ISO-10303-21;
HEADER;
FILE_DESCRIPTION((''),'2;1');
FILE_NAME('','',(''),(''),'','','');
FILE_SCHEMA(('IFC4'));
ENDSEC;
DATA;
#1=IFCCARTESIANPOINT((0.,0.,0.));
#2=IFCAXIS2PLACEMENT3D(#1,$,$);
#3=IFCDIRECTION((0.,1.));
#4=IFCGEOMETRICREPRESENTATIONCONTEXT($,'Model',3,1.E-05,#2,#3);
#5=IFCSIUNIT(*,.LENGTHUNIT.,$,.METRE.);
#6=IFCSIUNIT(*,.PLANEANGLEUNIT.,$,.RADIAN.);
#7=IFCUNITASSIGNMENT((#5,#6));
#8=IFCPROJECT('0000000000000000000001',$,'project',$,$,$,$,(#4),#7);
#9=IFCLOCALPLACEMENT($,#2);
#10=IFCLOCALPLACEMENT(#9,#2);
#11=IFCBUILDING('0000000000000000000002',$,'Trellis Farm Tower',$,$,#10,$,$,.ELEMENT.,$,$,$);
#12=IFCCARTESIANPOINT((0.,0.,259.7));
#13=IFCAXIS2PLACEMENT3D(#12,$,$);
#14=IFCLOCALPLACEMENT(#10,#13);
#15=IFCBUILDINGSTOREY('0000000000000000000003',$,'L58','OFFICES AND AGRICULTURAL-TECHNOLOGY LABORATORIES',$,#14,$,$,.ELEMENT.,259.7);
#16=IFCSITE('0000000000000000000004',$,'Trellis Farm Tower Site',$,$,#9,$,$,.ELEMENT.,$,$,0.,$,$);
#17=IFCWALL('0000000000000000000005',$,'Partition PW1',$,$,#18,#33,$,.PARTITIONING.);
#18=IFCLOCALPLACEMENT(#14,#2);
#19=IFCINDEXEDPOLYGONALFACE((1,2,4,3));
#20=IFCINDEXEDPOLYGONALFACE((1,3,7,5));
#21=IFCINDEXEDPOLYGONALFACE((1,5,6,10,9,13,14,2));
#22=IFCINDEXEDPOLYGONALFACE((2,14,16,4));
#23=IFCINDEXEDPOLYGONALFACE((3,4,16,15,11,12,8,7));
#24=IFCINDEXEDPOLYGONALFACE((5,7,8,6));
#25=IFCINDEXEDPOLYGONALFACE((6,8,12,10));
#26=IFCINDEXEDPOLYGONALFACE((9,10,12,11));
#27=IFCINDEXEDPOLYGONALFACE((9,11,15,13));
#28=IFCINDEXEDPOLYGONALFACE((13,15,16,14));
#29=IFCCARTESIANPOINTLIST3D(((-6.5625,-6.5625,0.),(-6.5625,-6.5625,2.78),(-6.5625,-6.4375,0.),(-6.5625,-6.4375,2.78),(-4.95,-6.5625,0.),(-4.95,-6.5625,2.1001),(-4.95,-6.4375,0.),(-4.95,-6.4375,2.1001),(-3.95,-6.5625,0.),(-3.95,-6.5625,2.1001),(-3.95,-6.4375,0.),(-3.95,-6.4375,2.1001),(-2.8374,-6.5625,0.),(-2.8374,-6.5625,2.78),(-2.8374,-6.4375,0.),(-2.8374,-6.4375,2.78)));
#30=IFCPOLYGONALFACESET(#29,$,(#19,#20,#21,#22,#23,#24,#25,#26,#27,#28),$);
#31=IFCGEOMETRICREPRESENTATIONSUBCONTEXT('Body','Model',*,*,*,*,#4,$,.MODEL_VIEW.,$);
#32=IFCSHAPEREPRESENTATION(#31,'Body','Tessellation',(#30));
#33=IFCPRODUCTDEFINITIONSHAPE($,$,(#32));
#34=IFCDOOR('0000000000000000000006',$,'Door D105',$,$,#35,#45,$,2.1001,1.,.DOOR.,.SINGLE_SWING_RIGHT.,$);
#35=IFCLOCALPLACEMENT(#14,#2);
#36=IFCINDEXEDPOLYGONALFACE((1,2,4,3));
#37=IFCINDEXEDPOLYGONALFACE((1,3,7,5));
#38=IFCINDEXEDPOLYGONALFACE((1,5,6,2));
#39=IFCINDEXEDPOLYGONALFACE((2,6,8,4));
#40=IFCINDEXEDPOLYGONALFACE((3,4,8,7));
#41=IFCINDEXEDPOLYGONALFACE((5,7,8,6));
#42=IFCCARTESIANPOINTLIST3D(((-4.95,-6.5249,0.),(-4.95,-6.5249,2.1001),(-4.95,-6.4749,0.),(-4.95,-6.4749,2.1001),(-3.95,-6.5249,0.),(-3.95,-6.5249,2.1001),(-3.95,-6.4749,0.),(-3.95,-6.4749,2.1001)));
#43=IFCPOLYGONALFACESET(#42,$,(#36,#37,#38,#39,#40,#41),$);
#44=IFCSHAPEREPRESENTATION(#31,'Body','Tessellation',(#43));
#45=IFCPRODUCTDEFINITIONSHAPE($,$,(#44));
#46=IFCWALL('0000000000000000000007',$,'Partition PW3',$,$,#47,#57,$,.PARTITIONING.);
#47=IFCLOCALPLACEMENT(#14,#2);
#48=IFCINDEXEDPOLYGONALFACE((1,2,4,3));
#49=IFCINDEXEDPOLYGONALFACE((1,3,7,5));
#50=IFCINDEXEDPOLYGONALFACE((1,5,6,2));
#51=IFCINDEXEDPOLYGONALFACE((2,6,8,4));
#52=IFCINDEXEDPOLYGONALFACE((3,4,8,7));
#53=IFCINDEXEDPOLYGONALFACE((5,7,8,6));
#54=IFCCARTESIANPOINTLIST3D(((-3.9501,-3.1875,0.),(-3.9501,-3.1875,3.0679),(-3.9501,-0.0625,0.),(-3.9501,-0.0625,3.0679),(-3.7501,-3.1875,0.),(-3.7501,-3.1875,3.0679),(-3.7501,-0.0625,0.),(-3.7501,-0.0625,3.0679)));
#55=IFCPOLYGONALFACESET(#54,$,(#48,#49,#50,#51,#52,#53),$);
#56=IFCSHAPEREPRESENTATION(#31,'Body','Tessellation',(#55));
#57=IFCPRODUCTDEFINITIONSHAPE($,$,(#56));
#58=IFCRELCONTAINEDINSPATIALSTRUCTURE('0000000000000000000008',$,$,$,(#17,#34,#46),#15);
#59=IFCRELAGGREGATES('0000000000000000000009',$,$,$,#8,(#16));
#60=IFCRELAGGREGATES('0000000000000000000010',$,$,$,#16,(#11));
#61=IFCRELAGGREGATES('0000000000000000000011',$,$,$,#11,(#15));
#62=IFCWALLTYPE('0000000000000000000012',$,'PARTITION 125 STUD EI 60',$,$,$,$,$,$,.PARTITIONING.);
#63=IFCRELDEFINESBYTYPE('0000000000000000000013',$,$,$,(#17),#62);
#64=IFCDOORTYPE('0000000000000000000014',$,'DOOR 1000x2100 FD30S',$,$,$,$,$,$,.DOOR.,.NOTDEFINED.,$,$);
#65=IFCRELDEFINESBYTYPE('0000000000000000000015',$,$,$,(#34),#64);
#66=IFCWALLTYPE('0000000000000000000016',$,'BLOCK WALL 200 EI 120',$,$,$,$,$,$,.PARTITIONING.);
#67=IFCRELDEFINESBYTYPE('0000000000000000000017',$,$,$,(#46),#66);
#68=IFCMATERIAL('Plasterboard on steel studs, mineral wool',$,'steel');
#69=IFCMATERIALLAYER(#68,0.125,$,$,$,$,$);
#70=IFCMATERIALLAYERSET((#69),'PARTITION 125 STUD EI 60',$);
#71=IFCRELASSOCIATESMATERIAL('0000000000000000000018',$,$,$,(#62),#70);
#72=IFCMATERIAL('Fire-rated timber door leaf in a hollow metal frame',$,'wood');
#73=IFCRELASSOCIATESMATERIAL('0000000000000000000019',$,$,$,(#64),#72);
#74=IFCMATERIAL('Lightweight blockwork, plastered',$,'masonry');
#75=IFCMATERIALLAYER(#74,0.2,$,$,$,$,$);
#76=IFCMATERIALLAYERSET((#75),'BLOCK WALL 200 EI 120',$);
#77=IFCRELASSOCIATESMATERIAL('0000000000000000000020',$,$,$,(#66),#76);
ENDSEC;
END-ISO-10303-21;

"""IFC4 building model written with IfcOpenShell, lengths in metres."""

from ifc_helpers import new_model, si_unit, direction, frame, frame_2d, origin, place, context, subcontext, project, spatial, rectangle, extrude, source, transform, mapped, material, layer, layer_set, type_object, element, fill, save


model = new_model("IFC4")

# Units and contexts
model_context = context("Model", 3, precision=1e-05, world=origin(), true_north=direction((0.0, 1.0)))
body_context = subcontext(model_context, "Body", "Model", "MODEL_VIEW")
ifc_project = project(units=[si_unit("LENGTHUNIT", "METRE"), si_unit("PLANEANGLEUNIT", "RADIAN")], contexts=[model_context])

# Site, building, storey
site_placement = place(None, origin())
site = spatial("IfcSite", under=ifc_project, at=site_placement, Name="Trellis Farm Tower Site", CompositionType="ELEMENT", RefElevation=0.0)
building_placement = place(site_placement, origin())
building = spatial("IfcBuilding", under=site, at=building_placement, Name="Trellis Farm Tower", CompositionType="ELEMENT")
storey_placement = place(building_placement, frame((0.0, 0.0, 259.7)))
storey = spatial("IfcBuildingStorey", under=building, at=storey_placement, Name="L58", Description="OFFICES AND AGRICULTURAL-TECHNOLOGY LABORATORIES", CompositionType="ELEMENT", Elevation=259.7)

# Shared definitions
ifc_material_1 = material(Name="Plasterboard on steel studs, mineral wool", Category="steel")
ifc_layer_1 = layer(ifc_material_1, 0.125)
ifc_layer_set_1 = layer_set([ifc_layer_1], Name="PARTITION 125 STUD EI 60")
wall_type_1 = type_object("IfcWallType", Name="PARTITION 125 STUD EI 60", PredefinedType="PARTITIONING", material=ifc_layer_set_1)
shared_shape_1 = source(origin(), body_context, "Body", "SweptSolid", [
    extrude(rectangle(XDim=1.0, YDim=2.1001, at=frame_2d((0.5, 1.05))), frame((0.0, 0.0725, 0.0), z_axis=(0.0, -1.0, 0.0), x_axis=(1.0, 0.0, 0.0)), (0.0, 0.0, 1.0), 0.145),
])
ifc_material_2 = material(Name="Fire-rated timber door leaf in a hollow metal frame", Category="wood")
shared_shape_2 = source(origin(), body_context, "Body", "SweptSolid", [
    extrude(rectangle(XDim=1.0, YDim=2.1001, at=frame_2d((0.5, 1.05))), frame((0.0, 0.0249, 0.0), z_axis=(0.0, -1.0, 0.0), x_axis=(1.0, 0.0, 0.0)), (0.0, 0.0, 1.0), 0.05),
])
door_type_1 = type_object("IfcDoorType", Name="DOOR 1000x2100 FD30S", OperationType="NOTDEFINED", PredefinedType="DOOR", material=ifc_material_2)

# Wall, opening, door
shared_shape_3 = source(origin(), body_context, "Body", "SweptSolid", [
    extrude(rectangle(XDim=3.7251, YDim=0.125, at=frame_2d((1.8625, 0.0))), origin(), (0.0, 0.0, 1.0), 2.78),
])
wall_1_placement = place(storey_placement, frame((-2.8374, -6.5, 0.0), z_axis=(0.0, 0.0, 1.0), x_axis=(-1.0, 0.0, 0.0)))
wall_1 = element("IfcWall", 1, at=wall_1_placement, inside=storey, type_object=wall_type_1, Name="Partition PW1", PredefinedType="PARTITIONING", context=body_context, shape_type="MappedRepresentation", body=[
    mapped(shared_shape_3, transform((0.0, 0.0, 0.0))),
])
opening_1_placement = place(wall_1_placement, frame((1.1125, 0.0, 0.0)))
opening_1 = element("IfcOpeningElement", 2, at=opening_1_placement, cuts=wall_1, PredefinedType="OPENING", context=body_context, shape_type="MappedRepresentation", body=[
    mapped(shared_shape_1, transform((0.0, 0.0, 0.0))),
])
door_1_placement = place(opening_1_placement, origin())
door_1 = element("IfcDoor", 3, at=door_1_placement, inside=storey, type_object=door_type_1, Name="Door D105", OperationType="SINGLE_SWING_RIGHT", OverallHeight=2.1001, OverallWidth=1.0, PredefinedType="DOOR", context=body_context, shape_type="MappedRepresentation", body=[
    mapped(shared_shape_2, transform((0.0, 0.0, 0.0))),
])
fill(opening_1, door_1)

# Wall
ifc_material_3 = material(Name="Lightweight blockwork, plastered", Category="masonry")
ifc_layer_2 = layer(ifc_material_3, 0.2)
ifc_layer_set_2 = layer_set([ifc_layer_2], Name="BLOCK WALL 200 EI 120")
wall_type_2 = type_object("IfcWallType", Name="BLOCK WALL 200 EI 120", PredefinedType="PARTITIONING", material=ifc_layer_set_2)
shared_shape_4 = source(origin(), body_context, "Body", "SweptSolid", [
    extrude(rectangle(XDim=3.125, YDim=0.2, at=frame_2d((1.5625, 0.0))), origin(), (0.0, 0.0, 1.0), 3.0679),
])
wall_2_placement = place(storey_placement, frame((-3.8501, -3.1875, 0.0), z_axis=(0.0, 0.0, 1.0), x_axis=(0.0, 1.0, 0.0)))
element("IfcWall", 4, at=wall_2_placement, inside=storey, type_object=wall_type_2, Name="Partition PW3", PredefinedType="PARTITIONING", context=body_context, shape_type="MappedRepresentation", body=[
    mapped(shared_shape_4, transform((0.0, 0.0, 0.0))),
])

save(model, "model.ifc")
